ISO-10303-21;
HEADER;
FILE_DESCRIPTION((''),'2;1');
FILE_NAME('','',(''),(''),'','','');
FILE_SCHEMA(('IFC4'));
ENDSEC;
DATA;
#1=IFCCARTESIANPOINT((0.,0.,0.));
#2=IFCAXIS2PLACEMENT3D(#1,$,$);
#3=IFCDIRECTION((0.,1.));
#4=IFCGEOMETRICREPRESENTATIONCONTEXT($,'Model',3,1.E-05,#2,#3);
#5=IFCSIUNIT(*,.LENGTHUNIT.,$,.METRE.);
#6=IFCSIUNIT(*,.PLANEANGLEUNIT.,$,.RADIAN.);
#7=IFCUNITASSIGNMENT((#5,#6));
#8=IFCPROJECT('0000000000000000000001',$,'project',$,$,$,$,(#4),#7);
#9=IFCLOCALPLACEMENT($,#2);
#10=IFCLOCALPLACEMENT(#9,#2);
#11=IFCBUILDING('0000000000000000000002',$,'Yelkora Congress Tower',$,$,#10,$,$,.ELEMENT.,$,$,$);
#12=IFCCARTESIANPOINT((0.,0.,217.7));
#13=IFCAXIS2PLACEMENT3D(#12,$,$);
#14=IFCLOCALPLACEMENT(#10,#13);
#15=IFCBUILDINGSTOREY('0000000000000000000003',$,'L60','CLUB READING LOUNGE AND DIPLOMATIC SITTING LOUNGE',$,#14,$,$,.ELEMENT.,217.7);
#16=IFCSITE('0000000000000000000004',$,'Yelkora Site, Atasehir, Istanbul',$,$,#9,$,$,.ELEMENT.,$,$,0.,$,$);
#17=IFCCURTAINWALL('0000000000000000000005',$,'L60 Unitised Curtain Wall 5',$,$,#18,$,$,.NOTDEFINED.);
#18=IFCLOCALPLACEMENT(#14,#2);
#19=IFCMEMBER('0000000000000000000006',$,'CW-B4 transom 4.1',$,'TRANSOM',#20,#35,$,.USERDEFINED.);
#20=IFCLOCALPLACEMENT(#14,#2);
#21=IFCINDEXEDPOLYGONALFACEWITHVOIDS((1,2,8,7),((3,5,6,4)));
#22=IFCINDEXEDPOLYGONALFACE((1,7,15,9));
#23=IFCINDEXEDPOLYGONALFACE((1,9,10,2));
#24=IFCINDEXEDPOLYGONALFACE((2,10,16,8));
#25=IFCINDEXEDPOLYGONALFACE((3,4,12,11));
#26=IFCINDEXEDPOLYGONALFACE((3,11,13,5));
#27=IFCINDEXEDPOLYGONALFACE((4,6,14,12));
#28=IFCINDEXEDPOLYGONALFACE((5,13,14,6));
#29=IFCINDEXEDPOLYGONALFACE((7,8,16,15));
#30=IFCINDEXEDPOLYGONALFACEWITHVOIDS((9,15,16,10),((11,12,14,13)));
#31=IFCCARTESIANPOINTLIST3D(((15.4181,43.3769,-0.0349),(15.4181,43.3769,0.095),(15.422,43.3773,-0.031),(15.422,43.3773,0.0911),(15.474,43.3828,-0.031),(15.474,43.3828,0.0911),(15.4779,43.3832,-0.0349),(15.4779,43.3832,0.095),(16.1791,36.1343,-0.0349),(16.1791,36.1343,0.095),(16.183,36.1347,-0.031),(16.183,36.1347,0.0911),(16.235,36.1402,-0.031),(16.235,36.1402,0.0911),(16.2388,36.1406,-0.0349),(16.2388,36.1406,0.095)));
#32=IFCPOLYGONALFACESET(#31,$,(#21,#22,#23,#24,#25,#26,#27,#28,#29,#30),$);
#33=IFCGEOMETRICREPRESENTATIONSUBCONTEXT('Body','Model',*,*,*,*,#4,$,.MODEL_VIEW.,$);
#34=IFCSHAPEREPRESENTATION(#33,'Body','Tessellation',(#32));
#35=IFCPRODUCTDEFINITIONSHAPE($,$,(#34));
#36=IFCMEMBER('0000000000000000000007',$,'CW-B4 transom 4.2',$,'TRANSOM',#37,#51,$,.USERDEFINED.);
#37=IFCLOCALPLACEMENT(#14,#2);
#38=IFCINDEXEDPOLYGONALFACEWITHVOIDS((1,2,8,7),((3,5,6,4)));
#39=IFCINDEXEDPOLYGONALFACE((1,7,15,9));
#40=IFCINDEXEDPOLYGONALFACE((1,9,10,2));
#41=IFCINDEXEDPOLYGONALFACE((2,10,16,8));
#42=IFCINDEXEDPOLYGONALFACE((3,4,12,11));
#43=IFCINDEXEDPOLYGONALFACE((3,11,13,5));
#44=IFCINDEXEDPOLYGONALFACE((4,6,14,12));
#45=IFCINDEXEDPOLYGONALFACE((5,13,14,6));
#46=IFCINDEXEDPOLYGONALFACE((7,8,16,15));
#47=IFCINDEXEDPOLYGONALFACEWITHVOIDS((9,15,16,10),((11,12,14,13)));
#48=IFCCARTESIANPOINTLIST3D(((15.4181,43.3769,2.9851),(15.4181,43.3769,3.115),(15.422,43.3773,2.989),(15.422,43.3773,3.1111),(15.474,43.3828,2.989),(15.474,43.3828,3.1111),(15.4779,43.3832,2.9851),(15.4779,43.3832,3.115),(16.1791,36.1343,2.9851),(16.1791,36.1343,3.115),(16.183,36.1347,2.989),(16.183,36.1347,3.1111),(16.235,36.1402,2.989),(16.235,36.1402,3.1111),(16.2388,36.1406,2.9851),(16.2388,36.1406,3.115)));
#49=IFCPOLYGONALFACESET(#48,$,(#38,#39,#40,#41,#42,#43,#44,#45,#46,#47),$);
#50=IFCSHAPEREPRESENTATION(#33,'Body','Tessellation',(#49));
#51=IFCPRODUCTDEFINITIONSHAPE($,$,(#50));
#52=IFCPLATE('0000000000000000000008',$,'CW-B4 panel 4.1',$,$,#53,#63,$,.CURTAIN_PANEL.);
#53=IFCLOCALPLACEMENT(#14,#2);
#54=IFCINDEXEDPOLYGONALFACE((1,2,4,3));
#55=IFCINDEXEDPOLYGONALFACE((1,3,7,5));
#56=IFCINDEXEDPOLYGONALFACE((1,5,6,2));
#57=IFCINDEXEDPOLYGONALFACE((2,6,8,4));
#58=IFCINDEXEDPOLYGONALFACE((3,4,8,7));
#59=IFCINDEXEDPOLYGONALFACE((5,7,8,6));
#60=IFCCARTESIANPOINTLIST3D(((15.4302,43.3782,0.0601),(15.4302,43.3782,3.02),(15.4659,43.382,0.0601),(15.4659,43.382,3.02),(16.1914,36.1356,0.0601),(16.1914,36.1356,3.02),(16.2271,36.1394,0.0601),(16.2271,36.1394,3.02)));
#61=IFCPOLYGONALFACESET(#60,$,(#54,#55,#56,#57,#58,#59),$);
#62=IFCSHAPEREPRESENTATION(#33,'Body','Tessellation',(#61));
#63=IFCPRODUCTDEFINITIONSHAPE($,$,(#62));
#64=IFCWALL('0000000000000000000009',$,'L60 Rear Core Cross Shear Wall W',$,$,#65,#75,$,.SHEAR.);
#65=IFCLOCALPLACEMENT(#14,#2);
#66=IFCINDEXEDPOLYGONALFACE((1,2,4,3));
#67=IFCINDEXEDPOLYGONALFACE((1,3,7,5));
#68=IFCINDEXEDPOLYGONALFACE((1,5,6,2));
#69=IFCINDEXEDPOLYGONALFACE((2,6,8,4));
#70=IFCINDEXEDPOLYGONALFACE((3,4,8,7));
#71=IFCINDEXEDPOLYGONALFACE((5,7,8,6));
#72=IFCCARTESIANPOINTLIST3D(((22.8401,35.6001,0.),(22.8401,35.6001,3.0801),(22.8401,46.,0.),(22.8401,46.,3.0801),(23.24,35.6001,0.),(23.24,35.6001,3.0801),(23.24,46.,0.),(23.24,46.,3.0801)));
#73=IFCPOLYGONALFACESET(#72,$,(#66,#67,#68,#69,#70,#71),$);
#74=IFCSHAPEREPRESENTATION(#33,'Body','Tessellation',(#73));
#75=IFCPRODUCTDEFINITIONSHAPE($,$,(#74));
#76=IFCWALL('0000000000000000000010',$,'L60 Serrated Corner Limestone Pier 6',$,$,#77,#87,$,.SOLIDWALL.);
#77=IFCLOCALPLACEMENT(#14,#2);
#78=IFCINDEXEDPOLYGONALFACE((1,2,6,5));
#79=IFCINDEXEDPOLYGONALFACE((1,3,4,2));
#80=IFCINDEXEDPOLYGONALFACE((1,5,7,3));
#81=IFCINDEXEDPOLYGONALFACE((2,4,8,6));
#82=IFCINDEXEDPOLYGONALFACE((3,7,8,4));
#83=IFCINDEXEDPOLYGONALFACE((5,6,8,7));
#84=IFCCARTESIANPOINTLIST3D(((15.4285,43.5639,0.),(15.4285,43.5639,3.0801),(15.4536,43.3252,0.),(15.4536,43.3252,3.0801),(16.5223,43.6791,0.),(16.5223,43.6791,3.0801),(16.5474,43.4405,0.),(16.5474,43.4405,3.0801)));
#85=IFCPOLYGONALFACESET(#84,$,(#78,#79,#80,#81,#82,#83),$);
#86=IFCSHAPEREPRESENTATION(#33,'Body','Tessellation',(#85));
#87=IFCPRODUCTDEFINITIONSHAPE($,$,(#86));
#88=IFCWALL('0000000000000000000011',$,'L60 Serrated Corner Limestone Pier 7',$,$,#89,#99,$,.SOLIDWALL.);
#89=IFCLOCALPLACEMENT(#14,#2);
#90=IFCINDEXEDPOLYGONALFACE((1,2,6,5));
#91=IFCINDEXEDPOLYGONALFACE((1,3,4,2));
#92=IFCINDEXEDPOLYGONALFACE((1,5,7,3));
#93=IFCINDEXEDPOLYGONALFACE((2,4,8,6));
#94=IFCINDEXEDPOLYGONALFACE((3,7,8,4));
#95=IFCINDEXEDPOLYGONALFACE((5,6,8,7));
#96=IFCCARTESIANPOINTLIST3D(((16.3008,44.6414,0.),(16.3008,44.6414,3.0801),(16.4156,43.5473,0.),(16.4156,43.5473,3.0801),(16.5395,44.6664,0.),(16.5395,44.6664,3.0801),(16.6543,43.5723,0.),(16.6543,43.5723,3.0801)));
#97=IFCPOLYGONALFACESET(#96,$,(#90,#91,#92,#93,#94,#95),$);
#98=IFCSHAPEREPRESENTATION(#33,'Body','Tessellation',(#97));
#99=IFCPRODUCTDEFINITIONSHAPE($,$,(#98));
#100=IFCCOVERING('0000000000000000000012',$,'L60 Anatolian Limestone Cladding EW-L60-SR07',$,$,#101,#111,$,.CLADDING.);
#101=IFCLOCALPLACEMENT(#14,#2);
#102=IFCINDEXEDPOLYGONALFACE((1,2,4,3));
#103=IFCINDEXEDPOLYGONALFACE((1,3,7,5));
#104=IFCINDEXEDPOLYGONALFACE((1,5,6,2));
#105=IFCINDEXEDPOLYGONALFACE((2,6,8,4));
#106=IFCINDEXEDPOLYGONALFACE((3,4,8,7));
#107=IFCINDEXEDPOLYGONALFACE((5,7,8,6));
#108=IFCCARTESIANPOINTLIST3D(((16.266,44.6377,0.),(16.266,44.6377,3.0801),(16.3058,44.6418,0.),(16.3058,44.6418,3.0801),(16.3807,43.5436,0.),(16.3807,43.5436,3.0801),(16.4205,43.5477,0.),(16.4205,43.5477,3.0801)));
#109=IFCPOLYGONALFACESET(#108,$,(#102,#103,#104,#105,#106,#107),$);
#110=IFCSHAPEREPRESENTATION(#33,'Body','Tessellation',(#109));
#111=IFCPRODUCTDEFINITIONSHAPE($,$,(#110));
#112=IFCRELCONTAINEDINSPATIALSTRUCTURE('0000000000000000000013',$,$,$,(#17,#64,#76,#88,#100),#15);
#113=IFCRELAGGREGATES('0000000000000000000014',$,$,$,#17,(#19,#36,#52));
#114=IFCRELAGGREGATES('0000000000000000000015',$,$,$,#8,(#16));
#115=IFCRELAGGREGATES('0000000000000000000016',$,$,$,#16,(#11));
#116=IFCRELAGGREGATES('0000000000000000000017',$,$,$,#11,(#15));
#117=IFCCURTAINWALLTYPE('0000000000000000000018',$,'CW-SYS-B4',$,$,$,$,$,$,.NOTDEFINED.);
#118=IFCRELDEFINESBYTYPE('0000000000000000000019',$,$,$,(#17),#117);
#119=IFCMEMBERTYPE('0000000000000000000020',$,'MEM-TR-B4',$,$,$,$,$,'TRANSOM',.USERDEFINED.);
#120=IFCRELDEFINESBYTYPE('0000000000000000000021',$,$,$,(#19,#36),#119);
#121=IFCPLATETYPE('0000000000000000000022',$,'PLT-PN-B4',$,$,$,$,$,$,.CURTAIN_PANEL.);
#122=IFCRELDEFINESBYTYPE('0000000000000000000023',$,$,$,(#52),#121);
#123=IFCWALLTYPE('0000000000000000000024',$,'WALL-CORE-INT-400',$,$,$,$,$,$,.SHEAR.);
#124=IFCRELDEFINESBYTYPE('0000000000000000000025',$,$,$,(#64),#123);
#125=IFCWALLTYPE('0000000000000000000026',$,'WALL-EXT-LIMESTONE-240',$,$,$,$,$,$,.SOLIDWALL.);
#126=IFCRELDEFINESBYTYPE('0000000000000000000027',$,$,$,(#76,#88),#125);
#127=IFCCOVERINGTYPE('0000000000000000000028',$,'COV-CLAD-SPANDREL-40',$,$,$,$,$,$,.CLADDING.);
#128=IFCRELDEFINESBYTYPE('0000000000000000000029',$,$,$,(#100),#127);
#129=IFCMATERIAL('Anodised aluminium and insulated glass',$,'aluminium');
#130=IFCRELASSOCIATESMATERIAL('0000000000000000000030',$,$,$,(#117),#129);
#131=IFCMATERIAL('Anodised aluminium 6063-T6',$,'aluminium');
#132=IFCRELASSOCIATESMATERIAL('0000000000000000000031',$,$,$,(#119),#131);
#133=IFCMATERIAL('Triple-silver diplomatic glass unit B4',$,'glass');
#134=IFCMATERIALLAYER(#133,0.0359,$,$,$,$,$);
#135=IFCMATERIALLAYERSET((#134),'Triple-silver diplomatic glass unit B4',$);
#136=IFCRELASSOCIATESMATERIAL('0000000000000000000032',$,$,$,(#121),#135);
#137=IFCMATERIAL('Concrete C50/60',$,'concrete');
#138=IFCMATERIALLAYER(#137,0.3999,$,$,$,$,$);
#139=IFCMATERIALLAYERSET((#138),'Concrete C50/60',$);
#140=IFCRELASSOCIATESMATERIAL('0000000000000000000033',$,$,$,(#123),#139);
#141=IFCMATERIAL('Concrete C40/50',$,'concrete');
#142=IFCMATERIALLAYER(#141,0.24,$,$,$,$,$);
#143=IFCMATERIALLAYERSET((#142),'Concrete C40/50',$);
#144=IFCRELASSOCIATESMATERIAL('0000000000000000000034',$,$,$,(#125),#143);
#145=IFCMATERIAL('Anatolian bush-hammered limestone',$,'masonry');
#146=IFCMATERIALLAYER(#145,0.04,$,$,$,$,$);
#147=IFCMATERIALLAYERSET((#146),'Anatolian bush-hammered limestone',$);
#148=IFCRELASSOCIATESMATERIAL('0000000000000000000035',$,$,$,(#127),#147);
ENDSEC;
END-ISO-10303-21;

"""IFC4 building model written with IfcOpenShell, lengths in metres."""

from ifc_helpers import new_model, si_unit, direction, frame, frame_2d, origin, origin_2d, place, context, subcontext, project, spatial, rectangle, hollow_rectangle, extrude, material, layer, layer_set, material_profile, profile_set, type_object, element, aggregate, save


model = new_model("IFC4")

# Units and contexts
model_context = context("Model", 3, precision=1e-05, world=origin(), true_north=direction((0.0, 1.0)))
body_context = subcontext(model_context, "Body", "Model", "MODEL_VIEW")
ifc_project = project(units=[si_unit("LENGTHUNIT", "METRE"), si_unit("PLANEANGLEUNIT", "RADIAN")], contexts=[model_context])

# Site, building, storey
site_placement = place(None, origin())
site = spatial("IfcSite", under=ifc_project, at=site_placement, Name="Yelkora Site, Atasehir, Istanbul", CompositionType="ELEMENT", RefElevation=0.0)
building_placement = place(site_placement, origin())
building = spatial("IfcBuilding", under=site, at=building_placement, Name="Yelkora Congress Tower", CompositionType="ELEMENT")
storey_placement = place(building_placement, frame((0.0, 0.0, 217.7)))
storey = spatial("IfcBuildingStorey", under=building, at=storey_placement, Name="L60", Description="CLUB READING LOUNGE AND DIPLOMATIC SITTING LOUNGE", CompositionType="ELEMENT", Elevation=217.7)

# Curtain wall, members, plate
ifc_material_1 = material(Name="Anodised aluminium and insulated glass", Category="aluminium")
curtain_wall_type = type_object("IfcCurtainWallType", Name="CW-SYS-B4", PredefinedType="NOTDEFINED", material=ifc_material_1)
curtain_wall_placement = place(storey_placement, origin())
curtain_wall = element("IfcCurtainWall", 1, at=curtain_wall_placement, inside=storey, type_object=curtain_wall_type, Name="L60 Unitised Curtain Wall 5", PredefinedType="NOTDEFINED")
ifc_material_2 = material(Name="Anodised aluminium 6063-T6", Category="aluminium")
ifc_material_profile_1 = material_profile(ifc_material_2, hollow_rectangle(XDim=0.0601, YDim=0.1299, WallThickness=0.0039, at=origin_2d()), Name="ALU 60x130x4")
ifc_profile_set_1 = profile_set([ifc_material_profile_1], Name="Anodised aluminium 6063-T6")
member_type_1 = type_object("IfcMemberType", Name="MEM-TR-B4", ElementType="TRANSOM", PredefinedType="USERDEFINED", material=ifc_profile_set_1)
member_1_placement = place(storey_placement, frame((16.209, 36.1375, 0.03), z_axis=(-0.104495, 0.994525, 0.0), x_axis=(-0.994525, -0.104495, 0.0)))
member_1 = element("IfcMember", 2, at=member_1_placement, type_object=member_type_1, Name="CW-B4 transom 4.1", ObjectType="TRANSOM", PredefinedType="USERDEFINED", context=body_context, shape_type="SweptSolid", body=[
    extrude(hollow_rectangle(XDim=0.0601, YDim=0.1299, WallThickness=0.0039, at=origin_2d()), origin(), (0.0, 0.0, 1.0), 7.2825),
])
member_2_placement = place(storey_placement, frame((16.209, 36.1375, 3.05), z_axis=(-0.104495, 0.994525, 0.0), x_axis=(-0.994525, -0.104495, 0.0)))
member_2 = element("IfcMember", 3, at=member_2_placement, type_object=member_type_1, Name="CW-B4 transom 4.2", ObjectType="TRANSOM", PredefinedType="USERDEFINED", context=body_context, shape_type="SweptSolid", body=[
    extrude(hollow_rectangle(XDim=0.0601, YDim=0.1299, WallThickness=0.0039, at=origin_2d()), origin(), (0.0, 0.0, 1.0), 7.2825),
])
ifc_material_3 = material(Name="Triple-silver diplomatic glass unit B4", Category="glass")
ifc_layer_1 = layer(ifc_material_3, 0.0359)
ifc_layer_set_1 = layer_set([ifc_layer_1], Name="Triple-silver diplomatic glass unit B4")
plate_type = type_object("IfcPlateType", Name="PLT-PN-B4", PredefinedType="CURTAIN_PANEL", material=ifc_layer_set_1)
plate_placement = place(storey_placement, frame((15.8286, 39.7588, 0.0601), z_axis=(0.0, 0.0, 1.0), x_axis=(-0.104526, 0.994522, 0.0)))
plate = element("IfcPlate", 4, at=plate_placement, type_object=plate_type, Name="CW-B4 panel 4.1", PredefinedType="CURTAIN_PANEL", context=body_context, shape_type="SweptSolid", body=[
    extrude(rectangle(XDim=7.2825, YDim=0.0359, at=origin_2d()), origin(), (0.0, 0.0, 1.0), 2.96),
])
aggregate(curtain_wall, [member_1, member_2, plate])

# Walls
ifc_material_4 = material(Name="Concrete C50/60", Category="concrete")
ifc_layer_2 = layer(ifc_material_4, 0.3999)
ifc_layer_set_2 = layer_set([ifc_layer_2], Name="Concrete C50/60")
wall_type_1 = type_object("IfcWallType", Name="WALL-CORE-INT-400", PredefinedType="SHEAR", material=ifc_layer_set_2)
wall_1_placement = place(storey_placement, frame((23.04, 35.6001, 0.0), z_axis=(0.0, 0.0, 1.0), x_axis=(0.0, 1.0, 0.0)))
element("IfcWall", 5, at=wall_1_placement, inside=storey, type_object=wall_type_1, Name="L60 Rear Core Cross Shear Wall W", PredefinedType="SHEAR", context=body_context, shape_type="SweptSolid", body=[
    extrude(rectangle(XDim=10.3999, YDim=0.3999, at=frame_2d((5.2, 0.0))), origin(), (0.0, 0.0, 1.0), 3.0801),
])
ifc_material_5 = material(Name="Concrete C40/50", Category="concrete")
ifc_layer_3 = layer(ifc_material_5, 0.24)
ifc_layer_set_3 = layer_set([ifc_layer_3], Name="Concrete C40/50")
wall_type_2 = type_object("IfcWallType", Name="WALL-EXT-LIMESTONE-240", PredefinedType="SOLIDWALL", material=ifc_layer_set_3)
wall_2_placement = place(storey_placement, frame((15.4412, 43.4446, 0.0), z_axis=(0.0, 0.0, 1.0), x_axis=(0.994496, 0.104777, 0.0)))
element("IfcWall", 6, at=wall_2_placement, inside=storey, type_object=wall_type_2, Name="L60 Serrated Corner Limestone Pier 6", PredefinedType="SOLIDWALL", context=body_context, shape_type="SweptSolid", body=[
    extrude(rectangle(XDim=1.0999, YDim=0.24, at=frame_2d((0.5498, 0.0))), origin(), (0.0, 0.0, 1.0), 3.0801),
])
wall_3_placement = place(storey_placement, frame((16.5349, 43.5598, 0.0), z_axis=(0.0, 0.0, 1.0), x_axis=(-0.104315, 0.994544, 0.0)))
element("IfcWall", 7, at=wall_3_placement, inside=storey, type_object=wall_type_2, Name="L60 Serrated Corner Limestone Pier 7", PredefinedType="SOLIDWALL", context=body_context, shape_type="SweptSolid", body=[
    extrude(rectangle(XDim=1.1001, YDim=0.24, at=frame_2d((0.55, 0.0))), origin(), (0.0, 0.0, 1.0), 3.0801),
])

# Covering
ifc_material_6 = material(Name="Anatolian bush-hammered limestone", Category="masonry")
ifc_layer_4 = layer(ifc_material_6, 0.04)
ifc_layer_set_4 = layer_set([ifc_layer_4], Name="Anatolian bush-hammered limestone")
covering_type = type_object("IfcCoveringType", Name="COV-CLAD-SPANDREL-40", PredefinedType="CLADDING", material=ifc_layer_set_4)
covering_placement = place(storey_placement, frame((16.4006, 43.5457, 0.0), z_axis=(0.0, 0.0, 1.0), x_axis=(-0.104315, 0.994544, 0.0)))
element("IfcCovering", 8, at=covering_placement, inside=storey, type_object=covering_type, Name="L60 Anatolian Limestone Cladding EW-L60-SR07", PredefinedType="CLADDING", context=body_context, shape_type="SweptSolid", body=[
    extrude(rectangle(XDim=1.1001, YDim=0.04, at=frame_2d((0.55, 0.0))), origin(), (0.0, 0.0, 1.0), 3.0801),
])

save(model, "model.ifc")
